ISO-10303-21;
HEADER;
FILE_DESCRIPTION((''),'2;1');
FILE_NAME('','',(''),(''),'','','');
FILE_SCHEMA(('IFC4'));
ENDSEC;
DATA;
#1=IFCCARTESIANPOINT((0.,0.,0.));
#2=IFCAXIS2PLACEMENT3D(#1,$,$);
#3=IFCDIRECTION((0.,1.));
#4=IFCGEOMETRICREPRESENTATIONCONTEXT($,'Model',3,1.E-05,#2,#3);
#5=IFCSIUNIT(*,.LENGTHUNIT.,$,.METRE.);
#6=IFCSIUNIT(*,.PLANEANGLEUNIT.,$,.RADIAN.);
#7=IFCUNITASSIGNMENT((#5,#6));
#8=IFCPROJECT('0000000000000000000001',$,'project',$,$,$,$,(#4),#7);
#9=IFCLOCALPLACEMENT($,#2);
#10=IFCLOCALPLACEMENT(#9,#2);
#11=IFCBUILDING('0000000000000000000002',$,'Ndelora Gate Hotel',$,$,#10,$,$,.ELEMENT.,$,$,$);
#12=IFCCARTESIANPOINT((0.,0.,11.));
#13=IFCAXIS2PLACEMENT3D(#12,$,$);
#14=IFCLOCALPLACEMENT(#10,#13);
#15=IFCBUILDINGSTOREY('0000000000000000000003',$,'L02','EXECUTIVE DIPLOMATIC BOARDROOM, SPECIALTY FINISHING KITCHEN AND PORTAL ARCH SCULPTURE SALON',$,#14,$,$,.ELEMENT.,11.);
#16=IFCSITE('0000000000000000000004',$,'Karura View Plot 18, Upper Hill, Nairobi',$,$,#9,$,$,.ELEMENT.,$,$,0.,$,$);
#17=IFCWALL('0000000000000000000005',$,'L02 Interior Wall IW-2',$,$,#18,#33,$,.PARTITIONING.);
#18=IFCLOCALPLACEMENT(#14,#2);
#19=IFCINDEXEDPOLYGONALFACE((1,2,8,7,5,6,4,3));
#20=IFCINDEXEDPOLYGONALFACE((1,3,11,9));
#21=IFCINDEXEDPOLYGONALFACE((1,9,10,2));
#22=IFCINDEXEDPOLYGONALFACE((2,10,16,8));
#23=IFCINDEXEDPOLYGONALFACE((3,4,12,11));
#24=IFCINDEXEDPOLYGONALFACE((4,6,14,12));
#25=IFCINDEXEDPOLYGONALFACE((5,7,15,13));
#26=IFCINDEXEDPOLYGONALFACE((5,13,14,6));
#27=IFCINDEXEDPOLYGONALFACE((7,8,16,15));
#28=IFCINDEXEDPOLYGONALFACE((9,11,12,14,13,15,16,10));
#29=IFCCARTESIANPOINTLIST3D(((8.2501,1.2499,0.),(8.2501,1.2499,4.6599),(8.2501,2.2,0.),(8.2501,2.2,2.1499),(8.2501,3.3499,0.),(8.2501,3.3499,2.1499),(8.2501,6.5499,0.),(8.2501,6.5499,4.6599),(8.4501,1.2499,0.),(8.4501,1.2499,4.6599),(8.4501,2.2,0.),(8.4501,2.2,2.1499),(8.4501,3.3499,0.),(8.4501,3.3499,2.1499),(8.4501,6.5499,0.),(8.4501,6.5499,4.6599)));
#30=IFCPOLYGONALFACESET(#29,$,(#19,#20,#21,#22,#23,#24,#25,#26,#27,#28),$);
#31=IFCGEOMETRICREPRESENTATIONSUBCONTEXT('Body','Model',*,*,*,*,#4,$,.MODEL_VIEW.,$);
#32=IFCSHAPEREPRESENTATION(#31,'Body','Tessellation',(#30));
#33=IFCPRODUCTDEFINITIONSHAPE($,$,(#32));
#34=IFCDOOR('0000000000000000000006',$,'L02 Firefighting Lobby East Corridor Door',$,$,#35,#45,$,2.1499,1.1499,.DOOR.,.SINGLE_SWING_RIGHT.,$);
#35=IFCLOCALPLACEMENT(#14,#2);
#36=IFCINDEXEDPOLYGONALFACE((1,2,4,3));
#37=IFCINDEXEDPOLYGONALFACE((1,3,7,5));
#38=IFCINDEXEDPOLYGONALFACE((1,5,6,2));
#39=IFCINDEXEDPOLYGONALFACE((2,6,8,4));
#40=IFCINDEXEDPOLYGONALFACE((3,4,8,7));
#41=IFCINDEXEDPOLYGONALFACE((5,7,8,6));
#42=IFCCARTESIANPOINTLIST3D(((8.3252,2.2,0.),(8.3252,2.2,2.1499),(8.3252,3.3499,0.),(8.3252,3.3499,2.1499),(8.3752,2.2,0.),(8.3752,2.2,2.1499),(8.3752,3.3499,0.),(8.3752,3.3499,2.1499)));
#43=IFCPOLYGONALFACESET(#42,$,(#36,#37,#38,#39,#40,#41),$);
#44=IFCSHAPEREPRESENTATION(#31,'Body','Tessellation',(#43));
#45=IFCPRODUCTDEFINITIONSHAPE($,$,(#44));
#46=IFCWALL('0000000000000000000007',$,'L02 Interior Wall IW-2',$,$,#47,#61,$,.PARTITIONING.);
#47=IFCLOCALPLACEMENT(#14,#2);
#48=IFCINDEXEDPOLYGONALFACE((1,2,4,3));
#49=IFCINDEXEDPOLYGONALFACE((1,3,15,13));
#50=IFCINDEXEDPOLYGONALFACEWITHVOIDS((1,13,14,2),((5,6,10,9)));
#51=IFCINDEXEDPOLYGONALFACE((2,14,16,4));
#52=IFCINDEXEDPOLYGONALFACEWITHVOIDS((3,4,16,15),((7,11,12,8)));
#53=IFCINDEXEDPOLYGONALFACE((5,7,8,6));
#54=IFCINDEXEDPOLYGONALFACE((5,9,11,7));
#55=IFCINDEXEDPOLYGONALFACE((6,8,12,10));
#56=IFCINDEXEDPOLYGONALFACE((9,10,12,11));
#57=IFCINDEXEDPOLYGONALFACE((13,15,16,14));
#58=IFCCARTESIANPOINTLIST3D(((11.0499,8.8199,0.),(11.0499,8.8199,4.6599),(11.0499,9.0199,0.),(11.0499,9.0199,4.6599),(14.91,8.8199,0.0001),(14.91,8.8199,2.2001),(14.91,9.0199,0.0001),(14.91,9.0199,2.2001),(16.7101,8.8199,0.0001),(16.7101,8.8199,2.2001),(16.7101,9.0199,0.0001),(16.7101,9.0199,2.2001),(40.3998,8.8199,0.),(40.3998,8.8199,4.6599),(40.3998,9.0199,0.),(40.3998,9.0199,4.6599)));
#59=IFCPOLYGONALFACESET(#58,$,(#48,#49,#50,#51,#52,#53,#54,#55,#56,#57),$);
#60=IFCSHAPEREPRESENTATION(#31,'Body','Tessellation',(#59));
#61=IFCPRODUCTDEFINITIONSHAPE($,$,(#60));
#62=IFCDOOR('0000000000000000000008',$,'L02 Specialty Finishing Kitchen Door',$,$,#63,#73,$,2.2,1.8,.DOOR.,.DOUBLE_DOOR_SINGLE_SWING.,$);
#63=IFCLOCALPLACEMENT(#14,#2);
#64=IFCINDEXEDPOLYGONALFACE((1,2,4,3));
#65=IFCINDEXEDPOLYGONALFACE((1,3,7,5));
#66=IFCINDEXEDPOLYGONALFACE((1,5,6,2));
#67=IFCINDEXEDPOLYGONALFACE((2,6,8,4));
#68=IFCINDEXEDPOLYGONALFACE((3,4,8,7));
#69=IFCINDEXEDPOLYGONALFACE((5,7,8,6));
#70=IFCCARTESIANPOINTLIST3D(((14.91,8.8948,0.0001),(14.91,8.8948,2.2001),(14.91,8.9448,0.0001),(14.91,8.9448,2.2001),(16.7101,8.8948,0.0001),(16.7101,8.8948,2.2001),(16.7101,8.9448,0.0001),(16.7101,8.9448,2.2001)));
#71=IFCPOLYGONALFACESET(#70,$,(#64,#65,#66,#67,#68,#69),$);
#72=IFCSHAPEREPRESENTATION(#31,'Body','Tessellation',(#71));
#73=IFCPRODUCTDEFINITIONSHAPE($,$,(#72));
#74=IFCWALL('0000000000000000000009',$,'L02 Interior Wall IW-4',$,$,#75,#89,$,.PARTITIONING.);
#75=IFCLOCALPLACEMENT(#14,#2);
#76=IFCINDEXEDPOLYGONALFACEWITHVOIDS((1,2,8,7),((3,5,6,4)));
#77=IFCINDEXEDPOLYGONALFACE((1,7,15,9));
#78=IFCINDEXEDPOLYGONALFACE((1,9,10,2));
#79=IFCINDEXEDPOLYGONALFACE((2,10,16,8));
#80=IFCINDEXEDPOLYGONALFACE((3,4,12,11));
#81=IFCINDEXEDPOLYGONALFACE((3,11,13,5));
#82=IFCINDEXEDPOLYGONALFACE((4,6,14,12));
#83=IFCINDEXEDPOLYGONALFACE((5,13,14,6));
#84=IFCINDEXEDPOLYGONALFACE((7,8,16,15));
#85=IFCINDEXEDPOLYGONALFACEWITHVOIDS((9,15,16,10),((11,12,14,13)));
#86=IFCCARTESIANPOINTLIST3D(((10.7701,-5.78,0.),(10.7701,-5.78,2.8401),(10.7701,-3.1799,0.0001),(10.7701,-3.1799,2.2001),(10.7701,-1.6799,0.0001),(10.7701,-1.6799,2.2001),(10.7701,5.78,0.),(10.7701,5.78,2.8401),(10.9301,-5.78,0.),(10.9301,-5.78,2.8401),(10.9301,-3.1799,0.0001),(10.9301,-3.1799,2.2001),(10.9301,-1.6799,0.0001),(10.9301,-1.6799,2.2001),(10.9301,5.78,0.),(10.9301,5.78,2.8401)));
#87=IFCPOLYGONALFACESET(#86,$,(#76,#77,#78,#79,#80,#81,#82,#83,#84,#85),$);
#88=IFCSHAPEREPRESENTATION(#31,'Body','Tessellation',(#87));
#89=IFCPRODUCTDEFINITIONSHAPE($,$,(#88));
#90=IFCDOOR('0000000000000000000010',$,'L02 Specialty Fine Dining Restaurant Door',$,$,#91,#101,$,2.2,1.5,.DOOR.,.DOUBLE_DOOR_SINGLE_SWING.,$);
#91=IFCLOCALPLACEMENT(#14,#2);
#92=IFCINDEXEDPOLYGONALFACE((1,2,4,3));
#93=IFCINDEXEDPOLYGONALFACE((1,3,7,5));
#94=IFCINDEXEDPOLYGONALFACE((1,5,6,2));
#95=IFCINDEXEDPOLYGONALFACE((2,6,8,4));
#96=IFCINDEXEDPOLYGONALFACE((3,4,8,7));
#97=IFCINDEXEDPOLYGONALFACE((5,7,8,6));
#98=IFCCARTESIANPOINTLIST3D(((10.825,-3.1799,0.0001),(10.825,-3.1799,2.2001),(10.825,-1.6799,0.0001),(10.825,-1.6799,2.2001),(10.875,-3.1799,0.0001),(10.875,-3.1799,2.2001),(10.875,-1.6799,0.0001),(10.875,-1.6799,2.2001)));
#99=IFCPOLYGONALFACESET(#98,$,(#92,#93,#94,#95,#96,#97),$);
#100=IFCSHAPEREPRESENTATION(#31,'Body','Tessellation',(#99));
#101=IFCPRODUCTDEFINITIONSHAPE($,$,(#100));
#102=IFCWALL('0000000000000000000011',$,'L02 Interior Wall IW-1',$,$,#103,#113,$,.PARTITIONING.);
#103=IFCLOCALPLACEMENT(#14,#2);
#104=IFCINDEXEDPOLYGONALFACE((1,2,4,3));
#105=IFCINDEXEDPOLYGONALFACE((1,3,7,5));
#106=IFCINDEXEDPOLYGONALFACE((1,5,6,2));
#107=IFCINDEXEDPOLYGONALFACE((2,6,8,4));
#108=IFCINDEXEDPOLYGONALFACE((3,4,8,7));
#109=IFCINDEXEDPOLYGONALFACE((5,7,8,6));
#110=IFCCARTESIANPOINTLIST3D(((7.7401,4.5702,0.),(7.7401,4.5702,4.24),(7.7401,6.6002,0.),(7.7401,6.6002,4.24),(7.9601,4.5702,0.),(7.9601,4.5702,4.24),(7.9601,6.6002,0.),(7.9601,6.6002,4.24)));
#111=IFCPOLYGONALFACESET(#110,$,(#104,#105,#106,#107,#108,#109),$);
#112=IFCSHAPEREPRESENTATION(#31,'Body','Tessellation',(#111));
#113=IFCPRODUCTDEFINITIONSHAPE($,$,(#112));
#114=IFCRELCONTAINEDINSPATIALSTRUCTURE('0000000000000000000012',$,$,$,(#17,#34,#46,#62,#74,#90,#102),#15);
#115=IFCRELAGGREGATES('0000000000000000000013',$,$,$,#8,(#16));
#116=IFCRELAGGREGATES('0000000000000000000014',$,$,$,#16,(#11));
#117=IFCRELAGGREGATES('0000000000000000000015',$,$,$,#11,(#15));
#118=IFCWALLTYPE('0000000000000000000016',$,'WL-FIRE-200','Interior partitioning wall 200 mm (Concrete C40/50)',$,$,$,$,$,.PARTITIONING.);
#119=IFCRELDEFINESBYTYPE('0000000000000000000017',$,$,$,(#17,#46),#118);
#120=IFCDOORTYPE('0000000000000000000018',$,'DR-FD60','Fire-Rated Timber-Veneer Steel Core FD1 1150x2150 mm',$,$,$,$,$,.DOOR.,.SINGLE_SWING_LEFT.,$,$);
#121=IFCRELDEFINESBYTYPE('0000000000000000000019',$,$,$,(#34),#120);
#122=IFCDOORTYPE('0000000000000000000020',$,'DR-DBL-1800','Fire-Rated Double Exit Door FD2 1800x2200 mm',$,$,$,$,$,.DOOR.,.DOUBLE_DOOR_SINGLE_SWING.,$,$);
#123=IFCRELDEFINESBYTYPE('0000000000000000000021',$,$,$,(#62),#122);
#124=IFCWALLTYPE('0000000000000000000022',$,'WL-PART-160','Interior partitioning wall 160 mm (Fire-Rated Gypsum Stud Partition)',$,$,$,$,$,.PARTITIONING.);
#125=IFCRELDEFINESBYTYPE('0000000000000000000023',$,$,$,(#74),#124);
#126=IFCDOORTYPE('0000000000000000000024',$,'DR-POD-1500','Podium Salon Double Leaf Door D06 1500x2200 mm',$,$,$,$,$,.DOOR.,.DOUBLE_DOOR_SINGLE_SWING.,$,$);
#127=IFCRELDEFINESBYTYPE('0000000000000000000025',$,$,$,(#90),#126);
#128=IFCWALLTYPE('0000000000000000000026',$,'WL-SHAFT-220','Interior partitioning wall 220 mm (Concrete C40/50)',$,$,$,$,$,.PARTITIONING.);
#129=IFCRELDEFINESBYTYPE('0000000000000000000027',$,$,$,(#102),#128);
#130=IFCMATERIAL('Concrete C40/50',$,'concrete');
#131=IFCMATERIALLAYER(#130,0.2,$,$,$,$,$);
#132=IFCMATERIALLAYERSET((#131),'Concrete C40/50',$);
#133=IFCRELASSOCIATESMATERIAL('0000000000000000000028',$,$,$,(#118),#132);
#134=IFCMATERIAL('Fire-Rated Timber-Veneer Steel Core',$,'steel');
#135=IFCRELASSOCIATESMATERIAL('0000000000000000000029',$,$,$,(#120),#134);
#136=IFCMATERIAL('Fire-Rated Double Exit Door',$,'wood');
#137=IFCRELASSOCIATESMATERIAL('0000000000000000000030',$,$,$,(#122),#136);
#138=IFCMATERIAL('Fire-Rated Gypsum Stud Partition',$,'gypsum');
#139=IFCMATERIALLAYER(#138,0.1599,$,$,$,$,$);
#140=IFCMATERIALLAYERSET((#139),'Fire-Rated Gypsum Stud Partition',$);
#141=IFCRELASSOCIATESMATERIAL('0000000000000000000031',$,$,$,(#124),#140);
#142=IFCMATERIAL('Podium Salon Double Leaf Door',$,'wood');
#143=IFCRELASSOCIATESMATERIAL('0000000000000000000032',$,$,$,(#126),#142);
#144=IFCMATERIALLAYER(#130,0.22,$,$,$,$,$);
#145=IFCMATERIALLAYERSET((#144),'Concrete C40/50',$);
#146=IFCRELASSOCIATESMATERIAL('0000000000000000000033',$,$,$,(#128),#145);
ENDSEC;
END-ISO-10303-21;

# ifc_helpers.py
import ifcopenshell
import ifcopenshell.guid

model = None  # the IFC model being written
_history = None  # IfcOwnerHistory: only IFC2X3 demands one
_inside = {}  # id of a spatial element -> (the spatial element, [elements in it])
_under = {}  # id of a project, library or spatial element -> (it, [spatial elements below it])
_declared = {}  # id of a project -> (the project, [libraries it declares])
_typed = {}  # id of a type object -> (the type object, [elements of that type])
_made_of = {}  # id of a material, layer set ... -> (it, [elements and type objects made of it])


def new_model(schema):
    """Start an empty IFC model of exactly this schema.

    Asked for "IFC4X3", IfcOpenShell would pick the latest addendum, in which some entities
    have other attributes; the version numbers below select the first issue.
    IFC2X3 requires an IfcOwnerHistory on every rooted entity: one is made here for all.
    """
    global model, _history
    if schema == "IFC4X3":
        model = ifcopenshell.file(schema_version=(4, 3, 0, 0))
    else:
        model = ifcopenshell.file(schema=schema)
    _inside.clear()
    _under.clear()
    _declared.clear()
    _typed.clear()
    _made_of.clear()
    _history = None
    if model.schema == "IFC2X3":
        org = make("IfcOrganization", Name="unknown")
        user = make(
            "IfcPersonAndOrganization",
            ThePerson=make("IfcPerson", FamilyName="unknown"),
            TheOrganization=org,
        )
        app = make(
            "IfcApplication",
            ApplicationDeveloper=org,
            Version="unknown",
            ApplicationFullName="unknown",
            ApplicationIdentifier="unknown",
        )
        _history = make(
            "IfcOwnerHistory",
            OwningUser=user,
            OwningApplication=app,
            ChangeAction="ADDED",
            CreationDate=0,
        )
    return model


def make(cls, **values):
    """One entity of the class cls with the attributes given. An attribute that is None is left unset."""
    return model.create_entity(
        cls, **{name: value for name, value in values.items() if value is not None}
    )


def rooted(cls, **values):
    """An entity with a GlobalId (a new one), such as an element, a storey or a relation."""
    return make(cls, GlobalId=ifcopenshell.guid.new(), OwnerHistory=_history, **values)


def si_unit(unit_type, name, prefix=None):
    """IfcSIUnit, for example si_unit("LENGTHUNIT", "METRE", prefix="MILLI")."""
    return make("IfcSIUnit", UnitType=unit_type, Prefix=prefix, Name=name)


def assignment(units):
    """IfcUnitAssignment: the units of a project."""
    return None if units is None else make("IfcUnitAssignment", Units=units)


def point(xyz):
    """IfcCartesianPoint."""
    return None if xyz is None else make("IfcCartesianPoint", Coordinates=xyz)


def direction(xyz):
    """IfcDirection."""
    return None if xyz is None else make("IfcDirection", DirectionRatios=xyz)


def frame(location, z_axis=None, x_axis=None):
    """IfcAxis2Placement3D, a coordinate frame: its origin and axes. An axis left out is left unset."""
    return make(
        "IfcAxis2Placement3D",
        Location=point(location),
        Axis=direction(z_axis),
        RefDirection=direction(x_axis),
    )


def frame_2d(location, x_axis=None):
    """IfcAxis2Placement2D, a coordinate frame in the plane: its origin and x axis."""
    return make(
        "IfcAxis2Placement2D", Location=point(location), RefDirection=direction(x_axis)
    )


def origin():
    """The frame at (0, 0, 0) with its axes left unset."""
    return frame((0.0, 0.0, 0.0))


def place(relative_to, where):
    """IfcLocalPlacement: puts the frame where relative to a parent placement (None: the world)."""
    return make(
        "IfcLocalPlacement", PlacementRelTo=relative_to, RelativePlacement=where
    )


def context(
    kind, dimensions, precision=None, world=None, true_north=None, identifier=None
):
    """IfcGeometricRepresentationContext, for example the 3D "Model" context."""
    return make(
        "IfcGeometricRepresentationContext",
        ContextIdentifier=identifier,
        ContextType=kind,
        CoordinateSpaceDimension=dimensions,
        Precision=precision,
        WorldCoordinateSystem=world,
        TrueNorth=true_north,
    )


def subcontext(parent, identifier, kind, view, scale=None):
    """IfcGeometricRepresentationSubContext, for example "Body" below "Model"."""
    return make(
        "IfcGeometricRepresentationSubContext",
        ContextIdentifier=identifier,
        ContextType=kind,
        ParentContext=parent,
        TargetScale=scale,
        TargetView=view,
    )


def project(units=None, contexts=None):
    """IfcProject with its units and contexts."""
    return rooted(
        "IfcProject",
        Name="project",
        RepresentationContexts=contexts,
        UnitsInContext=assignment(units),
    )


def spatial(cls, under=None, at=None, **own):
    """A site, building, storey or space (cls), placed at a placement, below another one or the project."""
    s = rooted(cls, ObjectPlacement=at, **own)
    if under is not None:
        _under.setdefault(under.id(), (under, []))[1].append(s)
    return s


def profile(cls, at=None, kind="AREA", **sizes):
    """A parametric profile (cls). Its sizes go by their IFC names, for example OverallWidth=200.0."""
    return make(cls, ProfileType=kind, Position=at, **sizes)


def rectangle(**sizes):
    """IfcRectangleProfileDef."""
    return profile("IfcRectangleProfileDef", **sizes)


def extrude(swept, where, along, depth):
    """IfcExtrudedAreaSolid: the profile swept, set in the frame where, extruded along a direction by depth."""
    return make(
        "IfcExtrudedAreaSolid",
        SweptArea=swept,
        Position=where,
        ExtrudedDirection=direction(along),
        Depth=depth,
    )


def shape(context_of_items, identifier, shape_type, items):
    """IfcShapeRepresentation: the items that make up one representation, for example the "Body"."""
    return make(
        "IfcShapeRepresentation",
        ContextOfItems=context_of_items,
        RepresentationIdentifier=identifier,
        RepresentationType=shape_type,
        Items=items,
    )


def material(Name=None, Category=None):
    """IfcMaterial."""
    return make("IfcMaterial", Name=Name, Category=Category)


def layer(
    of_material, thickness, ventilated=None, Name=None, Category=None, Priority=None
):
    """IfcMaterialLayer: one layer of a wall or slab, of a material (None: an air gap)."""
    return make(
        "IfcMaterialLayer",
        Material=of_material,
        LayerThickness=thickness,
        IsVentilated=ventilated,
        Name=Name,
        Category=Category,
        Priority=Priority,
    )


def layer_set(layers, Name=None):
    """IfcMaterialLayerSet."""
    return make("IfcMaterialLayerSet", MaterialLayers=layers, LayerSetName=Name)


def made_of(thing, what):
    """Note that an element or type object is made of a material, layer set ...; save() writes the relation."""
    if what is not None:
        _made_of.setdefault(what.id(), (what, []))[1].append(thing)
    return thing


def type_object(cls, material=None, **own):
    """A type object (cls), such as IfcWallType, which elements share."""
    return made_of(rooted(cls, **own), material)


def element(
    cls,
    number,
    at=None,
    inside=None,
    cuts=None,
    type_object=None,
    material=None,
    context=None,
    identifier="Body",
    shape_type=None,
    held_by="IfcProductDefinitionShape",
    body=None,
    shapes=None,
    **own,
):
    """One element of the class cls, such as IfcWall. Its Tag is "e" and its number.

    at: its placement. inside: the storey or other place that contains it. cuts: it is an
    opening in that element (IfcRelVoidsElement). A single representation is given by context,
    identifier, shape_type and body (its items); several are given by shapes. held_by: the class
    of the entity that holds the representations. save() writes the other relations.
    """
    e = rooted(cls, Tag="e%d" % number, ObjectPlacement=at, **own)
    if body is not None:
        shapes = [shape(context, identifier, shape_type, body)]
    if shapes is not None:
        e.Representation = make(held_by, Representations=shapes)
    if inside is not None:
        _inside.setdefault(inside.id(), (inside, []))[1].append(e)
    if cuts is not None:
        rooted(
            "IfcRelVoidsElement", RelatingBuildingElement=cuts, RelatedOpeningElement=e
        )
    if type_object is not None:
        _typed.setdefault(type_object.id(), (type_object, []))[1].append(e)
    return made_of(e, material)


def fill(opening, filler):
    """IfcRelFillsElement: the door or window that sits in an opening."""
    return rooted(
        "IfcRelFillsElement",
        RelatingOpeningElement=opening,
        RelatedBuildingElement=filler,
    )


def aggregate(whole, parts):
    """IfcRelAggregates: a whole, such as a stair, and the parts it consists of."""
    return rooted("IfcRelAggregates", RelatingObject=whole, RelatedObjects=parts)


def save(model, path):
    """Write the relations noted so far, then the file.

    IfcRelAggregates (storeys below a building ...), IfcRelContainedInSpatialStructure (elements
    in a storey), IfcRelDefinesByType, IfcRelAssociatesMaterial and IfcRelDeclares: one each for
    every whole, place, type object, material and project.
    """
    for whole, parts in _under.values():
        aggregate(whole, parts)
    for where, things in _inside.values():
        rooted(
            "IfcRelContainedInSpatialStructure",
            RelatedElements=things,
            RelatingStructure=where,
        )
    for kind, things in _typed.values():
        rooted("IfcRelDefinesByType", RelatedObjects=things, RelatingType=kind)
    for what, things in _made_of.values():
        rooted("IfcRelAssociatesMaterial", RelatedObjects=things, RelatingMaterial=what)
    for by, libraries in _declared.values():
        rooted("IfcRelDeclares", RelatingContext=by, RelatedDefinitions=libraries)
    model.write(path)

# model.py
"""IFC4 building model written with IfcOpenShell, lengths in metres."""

from ifc_helpers import new_model, si_unit, direction, frame, frame_2d, origin, place, context, subcontext, project, spatial, rectangle, extrude, material, layer, layer_set, type_object, element, fill, save


model = new_model("IFC4")

# Units and contexts
model_context = context("Model", 3, precision=1e-05, world=origin(), true_north=direction((0.0, 1.0)))
body_context = subcontext(model_context, "Body", "Model", "MODEL_VIEW")
ifc_project = project(units=[si_unit("LENGTHUNIT", "METRE"), si_unit("PLANEANGLEUNIT", "RADIAN")], contexts=[model_context])

# Site, building, storey
site_placement = place(None, origin())
site = spatial("IfcSite", under=ifc_project, at=site_placement, Name="Karura View Plot 18, Upper Hill, Nairobi", CompositionType="ELEMENT", RefElevation=0.0)
building_placement = place(site_placement, origin())
building = spatial("IfcBuilding", under=site, at=building_placement, Name="Ndelora Gate Hotel", CompositionType="ELEMENT")
storey_placement = place(building_placement, frame((0.0, 0.0, 11.0)))
storey = spatial("IfcBuildingStorey", under=building, at=storey_placement, Name="L02", Description="EXECUTIVE DIPLOMATIC BOARDROOM, SPECIALTY FINISHING KITCHEN AND PORTAL ARCH SCULPTURE SALON", CompositionType="ELEMENT", Elevation=11.0)

# Walls, openings, doors
ifc_material_1 = material(Name="Concrete C40/50", Category="concrete")
ifc_layer_1 = layer(ifc_material_1, 0.2)
ifc_layer_set_1 = layer_set([ifc_layer_1], Name="Concrete C40/50")
wall_type_1 = type_object("IfcWallType", Name="WL-FIRE-200", Description="Interior partitioning wall 200 mm (Concrete C40/50)", PredefinedType="PARTITIONING", material=ifc_layer_set_1)
wall_1_placement = place(storey_placement, frame((8.3501, 1.25, 0.0), z_axis=(0.0, 0.0, 1.0), x_axis=(0.0, 1.0, 0.0)))
wall_1 = element("IfcWall", 1, at=wall_1_placement, inside=storey, type_object=wall_type_1, Name="L02 Interior Wall IW-2", PredefinedType="PARTITIONING", context=body_context, shape_type="SweptSolid", body=[
    extrude(rectangle(XDim=5.3, YDim=0.2, at=frame_2d((2.6499, 0.0))), origin(), (0.0, 0.0, 1.0), 4.6599),
])
opening_1_placement = place(wall_1_placement, frame((0.95, 0.0, 0.0)))
opening_1 = element("IfcOpeningElement", 2, at=opening_1_placement, cuts=wall_1, PredefinedType="OPENING", context=body_context, shape_type="SweptSolid", body=[
    extrude(rectangle(XDim=1.1499, YDim=2.1499, at=frame_2d((0.575, 1.075))), frame((0.0, 0.1099, 0.0), z_axis=(0.0, -1.0, 0.0), x_axis=(1.0, 0.0, 0.0)), (0.0, 0.0, 1.0), 0.22),
])
ifc_material_2 = material(Name="Fire-Rated Timber-Veneer Steel Core", Category="steel")
door_type_1 = type_object("IfcDoorType", Name="DR-FD60", Description="Fire-Rated Timber-Veneer Steel Core FD1 1150x2150 mm", OperationType="SINGLE_SWING_LEFT", PredefinedType="DOOR", material=ifc_material_2)
door_1_placement = place(opening_1_placement, origin())
door_1 = element("IfcDoor", 3, at=door_1_placement, inside=storey, type_object=door_type_1, Name="L02 Firefighting Lobby East Corridor Door", OperationType="SINGLE_SWING_RIGHT", OverallHeight=2.1499, OverallWidth=1.1499, PredefinedType="DOOR", context=body_context, shape_type="SweptSolid", body=[
    extrude(rectangle(XDim=1.1499, YDim=2.1499, at=frame_2d((0.575, 1.075))), frame((0.0, 0.0249, 0.0), z_axis=(0.0, -1.0, 0.0), x_axis=(1.0, 0.0, 0.0)), (0.0, 0.0, 1.0), 0.05),
])
fill(opening_1, door_1)
wall_2_placement = place(storey_placement, frame((11.05, 8.9199, 0.0), z_axis=(0.0, 0.0, 1.0), x_axis=(1.0, 0.0, 0.0)))
wall_2 = element("IfcWall", 4, at=wall_2_placement, inside=storey, type_object=wall_type_1, Name="L02 Interior Wall IW-2", PredefinedType="PARTITIONING", context=body_context, shape_type="SweptSolid", body=[
    extrude(rectangle(XDim=29.3499, YDim=0.2, at=frame_2d((14.6748, 0.0))), origin(), (0.0, 0.0, 1.0), 4.6599),
])
opening_2_placement = place(wall_2_placement, frame((3.8601, 0.0, 0.0)))
opening_2 = element("IfcOpeningElement", 5, at=opening_2_placement, cuts=wall_2, PredefinedType="OPENING", context=body_context, shape_type="SweptSolid", body=[
    extrude(rectangle(XDim=1.8, YDim=2.2, at=frame_2d((0.8999, 1.1001))), frame((0.0, 0.1099, 0.0), z_axis=(0.0, -1.0, 0.0), x_axis=(1.0, 0.0, 0.0)), (0.0, 0.0, 1.0), 0.22),
])
ifc_material_3 = material(Name="Fire-Rated Double Exit Door", Category="wood")
door_type_2 = type_object("IfcDoorType", Name="DR-DBL-1800", Description="Fire-Rated Double Exit Door FD2 1800x2200 mm", OperationType="DOUBLE_DOOR_SINGLE_SWING", PredefinedType="DOOR", material=ifc_material_3)
door_2_placement = place(opening_2_placement, origin())
door_2 = element("IfcDoor", 6, at=door_2_placement, inside=storey, type_object=door_type_2, Name="L02 Specialty Finishing Kitchen Door", OperationType="DOUBLE_DOOR_SINGLE_SWING", OverallHeight=2.2, OverallWidth=1.8, PredefinedType="DOOR", context=body_context, shape_type="SweptSolid", body=[
    extrude(rectangle(XDim=1.8, YDim=2.2, at=frame_2d((0.8999, 1.1001))), frame((0.0, 0.0249, 0.0), z_axis=(0.0, -1.0, 0.0), x_axis=(1.0, 0.0, 0.0)), (0.0, 0.0, 1.0), 0.05),
])
fill(opening_2, door_2)
ifc_material_4 = material(Name="Fire-Rated Gypsum Stud Partition", Category="gypsum")
ifc_layer_2 = layer(ifc_material_4, 0.1599)
ifc_layer_set_2 = layer_set([ifc_layer_2], Name="Fire-Rated Gypsum Stud Partition")
wall_type_2 = type_object("IfcWallType", Name="WL-PART-160", Description="Interior partitioning wall 160 mm (Fire-Rated Gypsum Stud Partition)", PredefinedType="PARTITIONING", material=ifc_layer_set_2)
wall_3_placement = place(storey_placement, frame((10.8501, 5.78, 0.0), z_axis=(0.0, 0.0, 1.0), x_axis=(0.0, -1.0, 0.0)))
wall_3 = element("IfcWall", 7, at=wall_3_placement, inside=storey, type_object=wall_type_2, Name="L02 Interior Wall IW-4", PredefinedType="PARTITIONING", context=body_context, shape_type="SweptSolid", body=[
    extrude(rectangle(XDim=11.5601, YDim=0.1599, at=frame_2d((5.78, 0.0))), origin(), (0.0, 0.0, 1.0), 2.8401),
])
opening_3_placement = place(wall_3_placement, frame((7.46, 0.0, 0.0)))
opening_3 = element("IfcOpeningElement", 8, at=opening_3_placement, cuts=wall_3, PredefinedType="OPENING", context=body_context, shape_type="SweptSolid", body=[
    extrude(rectangle(XDim=1.5, YDim=2.2, at=frame_2d((0.75, 1.1001))), frame((0.0, 0.0898, 0.0), z_axis=(0.0, -1.0, 0.0), x_axis=(1.0, 0.0, 0.0)), (0.0, 0.0, 1.0), 0.1799),
])
ifc_material_5 = material(Name="Podium Salon Double Leaf Door", Category="wood")
door_type_3 = type_object("IfcDoorType", Name="DR-POD-1500", Description="Podium Salon Double Leaf Door D06 1500x2200 mm", OperationType="DOUBLE_DOOR_SINGLE_SWING", PredefinedType="DOOR", material=ifc_material_5)
door_3_placement = place(opening_3_placement, origin())
door_3 = element("IfcDoor", 9, at=door_3_placement, inside=storey, type_object=door_type_3, Name="L02 Specialty Fine Dining Restaurant Door", OperationType="DOUBLE_DOOR_SINGLE_SWING", OverallHeight=2.2, OverallWidth=1.5, PredefinedType="DOOR", context=body_context, shape_type="SweptSolid", body=[
    extrude(rectangle(XDim=1.5, YDim=2.2, at=frame_2d((0.75, 1.1001))), frame((0.0, 0.0249, 0.0), z_axis=(0.0, -1.0, 0.0), x_axis=(1.0, 0.0, 0.0)), (0.0, 0.0, 1.0), 0.05),
])
fill(opening_3, door_3)

# Wall
ifc_layer_3 = layer(ifc_material_1, 0.22)
ifc_layer_set_3 = layer_set([ifc_layer_3], Name="Concrete C40/50")
wall_type_3 = type_object("IfcWallType", Name="WL-SHAFT-220", Description="Interior partitioning wall 220 mm (Concrete C40/50)", PredefinedType="PARTITIONING", material=ifc_layer_set_3)
wall_4_placement = place(storey_placement, frame((7.8501, 4.5701, 0.0), z_axis=(0.0, 0.0, 1.0), x_axis=(0.0, 1.0, 0.0)))
element("IfcWall", 10, at=wall_4_placement, inside=storey, type_object=wall_type_3, Name="L02 Interior Wall IW-1", PredefinedType="PARTITIONING", context=body_context, shape_type="SweptSolid", body=[
    extrude(rectangle(XDim=2.03, YDim=0.22, at=frame_2d((1.0151, 0.0))), origin(), (0.0, 0.0, 1.0), 4.24),
])

save(model, "model.ifc")
